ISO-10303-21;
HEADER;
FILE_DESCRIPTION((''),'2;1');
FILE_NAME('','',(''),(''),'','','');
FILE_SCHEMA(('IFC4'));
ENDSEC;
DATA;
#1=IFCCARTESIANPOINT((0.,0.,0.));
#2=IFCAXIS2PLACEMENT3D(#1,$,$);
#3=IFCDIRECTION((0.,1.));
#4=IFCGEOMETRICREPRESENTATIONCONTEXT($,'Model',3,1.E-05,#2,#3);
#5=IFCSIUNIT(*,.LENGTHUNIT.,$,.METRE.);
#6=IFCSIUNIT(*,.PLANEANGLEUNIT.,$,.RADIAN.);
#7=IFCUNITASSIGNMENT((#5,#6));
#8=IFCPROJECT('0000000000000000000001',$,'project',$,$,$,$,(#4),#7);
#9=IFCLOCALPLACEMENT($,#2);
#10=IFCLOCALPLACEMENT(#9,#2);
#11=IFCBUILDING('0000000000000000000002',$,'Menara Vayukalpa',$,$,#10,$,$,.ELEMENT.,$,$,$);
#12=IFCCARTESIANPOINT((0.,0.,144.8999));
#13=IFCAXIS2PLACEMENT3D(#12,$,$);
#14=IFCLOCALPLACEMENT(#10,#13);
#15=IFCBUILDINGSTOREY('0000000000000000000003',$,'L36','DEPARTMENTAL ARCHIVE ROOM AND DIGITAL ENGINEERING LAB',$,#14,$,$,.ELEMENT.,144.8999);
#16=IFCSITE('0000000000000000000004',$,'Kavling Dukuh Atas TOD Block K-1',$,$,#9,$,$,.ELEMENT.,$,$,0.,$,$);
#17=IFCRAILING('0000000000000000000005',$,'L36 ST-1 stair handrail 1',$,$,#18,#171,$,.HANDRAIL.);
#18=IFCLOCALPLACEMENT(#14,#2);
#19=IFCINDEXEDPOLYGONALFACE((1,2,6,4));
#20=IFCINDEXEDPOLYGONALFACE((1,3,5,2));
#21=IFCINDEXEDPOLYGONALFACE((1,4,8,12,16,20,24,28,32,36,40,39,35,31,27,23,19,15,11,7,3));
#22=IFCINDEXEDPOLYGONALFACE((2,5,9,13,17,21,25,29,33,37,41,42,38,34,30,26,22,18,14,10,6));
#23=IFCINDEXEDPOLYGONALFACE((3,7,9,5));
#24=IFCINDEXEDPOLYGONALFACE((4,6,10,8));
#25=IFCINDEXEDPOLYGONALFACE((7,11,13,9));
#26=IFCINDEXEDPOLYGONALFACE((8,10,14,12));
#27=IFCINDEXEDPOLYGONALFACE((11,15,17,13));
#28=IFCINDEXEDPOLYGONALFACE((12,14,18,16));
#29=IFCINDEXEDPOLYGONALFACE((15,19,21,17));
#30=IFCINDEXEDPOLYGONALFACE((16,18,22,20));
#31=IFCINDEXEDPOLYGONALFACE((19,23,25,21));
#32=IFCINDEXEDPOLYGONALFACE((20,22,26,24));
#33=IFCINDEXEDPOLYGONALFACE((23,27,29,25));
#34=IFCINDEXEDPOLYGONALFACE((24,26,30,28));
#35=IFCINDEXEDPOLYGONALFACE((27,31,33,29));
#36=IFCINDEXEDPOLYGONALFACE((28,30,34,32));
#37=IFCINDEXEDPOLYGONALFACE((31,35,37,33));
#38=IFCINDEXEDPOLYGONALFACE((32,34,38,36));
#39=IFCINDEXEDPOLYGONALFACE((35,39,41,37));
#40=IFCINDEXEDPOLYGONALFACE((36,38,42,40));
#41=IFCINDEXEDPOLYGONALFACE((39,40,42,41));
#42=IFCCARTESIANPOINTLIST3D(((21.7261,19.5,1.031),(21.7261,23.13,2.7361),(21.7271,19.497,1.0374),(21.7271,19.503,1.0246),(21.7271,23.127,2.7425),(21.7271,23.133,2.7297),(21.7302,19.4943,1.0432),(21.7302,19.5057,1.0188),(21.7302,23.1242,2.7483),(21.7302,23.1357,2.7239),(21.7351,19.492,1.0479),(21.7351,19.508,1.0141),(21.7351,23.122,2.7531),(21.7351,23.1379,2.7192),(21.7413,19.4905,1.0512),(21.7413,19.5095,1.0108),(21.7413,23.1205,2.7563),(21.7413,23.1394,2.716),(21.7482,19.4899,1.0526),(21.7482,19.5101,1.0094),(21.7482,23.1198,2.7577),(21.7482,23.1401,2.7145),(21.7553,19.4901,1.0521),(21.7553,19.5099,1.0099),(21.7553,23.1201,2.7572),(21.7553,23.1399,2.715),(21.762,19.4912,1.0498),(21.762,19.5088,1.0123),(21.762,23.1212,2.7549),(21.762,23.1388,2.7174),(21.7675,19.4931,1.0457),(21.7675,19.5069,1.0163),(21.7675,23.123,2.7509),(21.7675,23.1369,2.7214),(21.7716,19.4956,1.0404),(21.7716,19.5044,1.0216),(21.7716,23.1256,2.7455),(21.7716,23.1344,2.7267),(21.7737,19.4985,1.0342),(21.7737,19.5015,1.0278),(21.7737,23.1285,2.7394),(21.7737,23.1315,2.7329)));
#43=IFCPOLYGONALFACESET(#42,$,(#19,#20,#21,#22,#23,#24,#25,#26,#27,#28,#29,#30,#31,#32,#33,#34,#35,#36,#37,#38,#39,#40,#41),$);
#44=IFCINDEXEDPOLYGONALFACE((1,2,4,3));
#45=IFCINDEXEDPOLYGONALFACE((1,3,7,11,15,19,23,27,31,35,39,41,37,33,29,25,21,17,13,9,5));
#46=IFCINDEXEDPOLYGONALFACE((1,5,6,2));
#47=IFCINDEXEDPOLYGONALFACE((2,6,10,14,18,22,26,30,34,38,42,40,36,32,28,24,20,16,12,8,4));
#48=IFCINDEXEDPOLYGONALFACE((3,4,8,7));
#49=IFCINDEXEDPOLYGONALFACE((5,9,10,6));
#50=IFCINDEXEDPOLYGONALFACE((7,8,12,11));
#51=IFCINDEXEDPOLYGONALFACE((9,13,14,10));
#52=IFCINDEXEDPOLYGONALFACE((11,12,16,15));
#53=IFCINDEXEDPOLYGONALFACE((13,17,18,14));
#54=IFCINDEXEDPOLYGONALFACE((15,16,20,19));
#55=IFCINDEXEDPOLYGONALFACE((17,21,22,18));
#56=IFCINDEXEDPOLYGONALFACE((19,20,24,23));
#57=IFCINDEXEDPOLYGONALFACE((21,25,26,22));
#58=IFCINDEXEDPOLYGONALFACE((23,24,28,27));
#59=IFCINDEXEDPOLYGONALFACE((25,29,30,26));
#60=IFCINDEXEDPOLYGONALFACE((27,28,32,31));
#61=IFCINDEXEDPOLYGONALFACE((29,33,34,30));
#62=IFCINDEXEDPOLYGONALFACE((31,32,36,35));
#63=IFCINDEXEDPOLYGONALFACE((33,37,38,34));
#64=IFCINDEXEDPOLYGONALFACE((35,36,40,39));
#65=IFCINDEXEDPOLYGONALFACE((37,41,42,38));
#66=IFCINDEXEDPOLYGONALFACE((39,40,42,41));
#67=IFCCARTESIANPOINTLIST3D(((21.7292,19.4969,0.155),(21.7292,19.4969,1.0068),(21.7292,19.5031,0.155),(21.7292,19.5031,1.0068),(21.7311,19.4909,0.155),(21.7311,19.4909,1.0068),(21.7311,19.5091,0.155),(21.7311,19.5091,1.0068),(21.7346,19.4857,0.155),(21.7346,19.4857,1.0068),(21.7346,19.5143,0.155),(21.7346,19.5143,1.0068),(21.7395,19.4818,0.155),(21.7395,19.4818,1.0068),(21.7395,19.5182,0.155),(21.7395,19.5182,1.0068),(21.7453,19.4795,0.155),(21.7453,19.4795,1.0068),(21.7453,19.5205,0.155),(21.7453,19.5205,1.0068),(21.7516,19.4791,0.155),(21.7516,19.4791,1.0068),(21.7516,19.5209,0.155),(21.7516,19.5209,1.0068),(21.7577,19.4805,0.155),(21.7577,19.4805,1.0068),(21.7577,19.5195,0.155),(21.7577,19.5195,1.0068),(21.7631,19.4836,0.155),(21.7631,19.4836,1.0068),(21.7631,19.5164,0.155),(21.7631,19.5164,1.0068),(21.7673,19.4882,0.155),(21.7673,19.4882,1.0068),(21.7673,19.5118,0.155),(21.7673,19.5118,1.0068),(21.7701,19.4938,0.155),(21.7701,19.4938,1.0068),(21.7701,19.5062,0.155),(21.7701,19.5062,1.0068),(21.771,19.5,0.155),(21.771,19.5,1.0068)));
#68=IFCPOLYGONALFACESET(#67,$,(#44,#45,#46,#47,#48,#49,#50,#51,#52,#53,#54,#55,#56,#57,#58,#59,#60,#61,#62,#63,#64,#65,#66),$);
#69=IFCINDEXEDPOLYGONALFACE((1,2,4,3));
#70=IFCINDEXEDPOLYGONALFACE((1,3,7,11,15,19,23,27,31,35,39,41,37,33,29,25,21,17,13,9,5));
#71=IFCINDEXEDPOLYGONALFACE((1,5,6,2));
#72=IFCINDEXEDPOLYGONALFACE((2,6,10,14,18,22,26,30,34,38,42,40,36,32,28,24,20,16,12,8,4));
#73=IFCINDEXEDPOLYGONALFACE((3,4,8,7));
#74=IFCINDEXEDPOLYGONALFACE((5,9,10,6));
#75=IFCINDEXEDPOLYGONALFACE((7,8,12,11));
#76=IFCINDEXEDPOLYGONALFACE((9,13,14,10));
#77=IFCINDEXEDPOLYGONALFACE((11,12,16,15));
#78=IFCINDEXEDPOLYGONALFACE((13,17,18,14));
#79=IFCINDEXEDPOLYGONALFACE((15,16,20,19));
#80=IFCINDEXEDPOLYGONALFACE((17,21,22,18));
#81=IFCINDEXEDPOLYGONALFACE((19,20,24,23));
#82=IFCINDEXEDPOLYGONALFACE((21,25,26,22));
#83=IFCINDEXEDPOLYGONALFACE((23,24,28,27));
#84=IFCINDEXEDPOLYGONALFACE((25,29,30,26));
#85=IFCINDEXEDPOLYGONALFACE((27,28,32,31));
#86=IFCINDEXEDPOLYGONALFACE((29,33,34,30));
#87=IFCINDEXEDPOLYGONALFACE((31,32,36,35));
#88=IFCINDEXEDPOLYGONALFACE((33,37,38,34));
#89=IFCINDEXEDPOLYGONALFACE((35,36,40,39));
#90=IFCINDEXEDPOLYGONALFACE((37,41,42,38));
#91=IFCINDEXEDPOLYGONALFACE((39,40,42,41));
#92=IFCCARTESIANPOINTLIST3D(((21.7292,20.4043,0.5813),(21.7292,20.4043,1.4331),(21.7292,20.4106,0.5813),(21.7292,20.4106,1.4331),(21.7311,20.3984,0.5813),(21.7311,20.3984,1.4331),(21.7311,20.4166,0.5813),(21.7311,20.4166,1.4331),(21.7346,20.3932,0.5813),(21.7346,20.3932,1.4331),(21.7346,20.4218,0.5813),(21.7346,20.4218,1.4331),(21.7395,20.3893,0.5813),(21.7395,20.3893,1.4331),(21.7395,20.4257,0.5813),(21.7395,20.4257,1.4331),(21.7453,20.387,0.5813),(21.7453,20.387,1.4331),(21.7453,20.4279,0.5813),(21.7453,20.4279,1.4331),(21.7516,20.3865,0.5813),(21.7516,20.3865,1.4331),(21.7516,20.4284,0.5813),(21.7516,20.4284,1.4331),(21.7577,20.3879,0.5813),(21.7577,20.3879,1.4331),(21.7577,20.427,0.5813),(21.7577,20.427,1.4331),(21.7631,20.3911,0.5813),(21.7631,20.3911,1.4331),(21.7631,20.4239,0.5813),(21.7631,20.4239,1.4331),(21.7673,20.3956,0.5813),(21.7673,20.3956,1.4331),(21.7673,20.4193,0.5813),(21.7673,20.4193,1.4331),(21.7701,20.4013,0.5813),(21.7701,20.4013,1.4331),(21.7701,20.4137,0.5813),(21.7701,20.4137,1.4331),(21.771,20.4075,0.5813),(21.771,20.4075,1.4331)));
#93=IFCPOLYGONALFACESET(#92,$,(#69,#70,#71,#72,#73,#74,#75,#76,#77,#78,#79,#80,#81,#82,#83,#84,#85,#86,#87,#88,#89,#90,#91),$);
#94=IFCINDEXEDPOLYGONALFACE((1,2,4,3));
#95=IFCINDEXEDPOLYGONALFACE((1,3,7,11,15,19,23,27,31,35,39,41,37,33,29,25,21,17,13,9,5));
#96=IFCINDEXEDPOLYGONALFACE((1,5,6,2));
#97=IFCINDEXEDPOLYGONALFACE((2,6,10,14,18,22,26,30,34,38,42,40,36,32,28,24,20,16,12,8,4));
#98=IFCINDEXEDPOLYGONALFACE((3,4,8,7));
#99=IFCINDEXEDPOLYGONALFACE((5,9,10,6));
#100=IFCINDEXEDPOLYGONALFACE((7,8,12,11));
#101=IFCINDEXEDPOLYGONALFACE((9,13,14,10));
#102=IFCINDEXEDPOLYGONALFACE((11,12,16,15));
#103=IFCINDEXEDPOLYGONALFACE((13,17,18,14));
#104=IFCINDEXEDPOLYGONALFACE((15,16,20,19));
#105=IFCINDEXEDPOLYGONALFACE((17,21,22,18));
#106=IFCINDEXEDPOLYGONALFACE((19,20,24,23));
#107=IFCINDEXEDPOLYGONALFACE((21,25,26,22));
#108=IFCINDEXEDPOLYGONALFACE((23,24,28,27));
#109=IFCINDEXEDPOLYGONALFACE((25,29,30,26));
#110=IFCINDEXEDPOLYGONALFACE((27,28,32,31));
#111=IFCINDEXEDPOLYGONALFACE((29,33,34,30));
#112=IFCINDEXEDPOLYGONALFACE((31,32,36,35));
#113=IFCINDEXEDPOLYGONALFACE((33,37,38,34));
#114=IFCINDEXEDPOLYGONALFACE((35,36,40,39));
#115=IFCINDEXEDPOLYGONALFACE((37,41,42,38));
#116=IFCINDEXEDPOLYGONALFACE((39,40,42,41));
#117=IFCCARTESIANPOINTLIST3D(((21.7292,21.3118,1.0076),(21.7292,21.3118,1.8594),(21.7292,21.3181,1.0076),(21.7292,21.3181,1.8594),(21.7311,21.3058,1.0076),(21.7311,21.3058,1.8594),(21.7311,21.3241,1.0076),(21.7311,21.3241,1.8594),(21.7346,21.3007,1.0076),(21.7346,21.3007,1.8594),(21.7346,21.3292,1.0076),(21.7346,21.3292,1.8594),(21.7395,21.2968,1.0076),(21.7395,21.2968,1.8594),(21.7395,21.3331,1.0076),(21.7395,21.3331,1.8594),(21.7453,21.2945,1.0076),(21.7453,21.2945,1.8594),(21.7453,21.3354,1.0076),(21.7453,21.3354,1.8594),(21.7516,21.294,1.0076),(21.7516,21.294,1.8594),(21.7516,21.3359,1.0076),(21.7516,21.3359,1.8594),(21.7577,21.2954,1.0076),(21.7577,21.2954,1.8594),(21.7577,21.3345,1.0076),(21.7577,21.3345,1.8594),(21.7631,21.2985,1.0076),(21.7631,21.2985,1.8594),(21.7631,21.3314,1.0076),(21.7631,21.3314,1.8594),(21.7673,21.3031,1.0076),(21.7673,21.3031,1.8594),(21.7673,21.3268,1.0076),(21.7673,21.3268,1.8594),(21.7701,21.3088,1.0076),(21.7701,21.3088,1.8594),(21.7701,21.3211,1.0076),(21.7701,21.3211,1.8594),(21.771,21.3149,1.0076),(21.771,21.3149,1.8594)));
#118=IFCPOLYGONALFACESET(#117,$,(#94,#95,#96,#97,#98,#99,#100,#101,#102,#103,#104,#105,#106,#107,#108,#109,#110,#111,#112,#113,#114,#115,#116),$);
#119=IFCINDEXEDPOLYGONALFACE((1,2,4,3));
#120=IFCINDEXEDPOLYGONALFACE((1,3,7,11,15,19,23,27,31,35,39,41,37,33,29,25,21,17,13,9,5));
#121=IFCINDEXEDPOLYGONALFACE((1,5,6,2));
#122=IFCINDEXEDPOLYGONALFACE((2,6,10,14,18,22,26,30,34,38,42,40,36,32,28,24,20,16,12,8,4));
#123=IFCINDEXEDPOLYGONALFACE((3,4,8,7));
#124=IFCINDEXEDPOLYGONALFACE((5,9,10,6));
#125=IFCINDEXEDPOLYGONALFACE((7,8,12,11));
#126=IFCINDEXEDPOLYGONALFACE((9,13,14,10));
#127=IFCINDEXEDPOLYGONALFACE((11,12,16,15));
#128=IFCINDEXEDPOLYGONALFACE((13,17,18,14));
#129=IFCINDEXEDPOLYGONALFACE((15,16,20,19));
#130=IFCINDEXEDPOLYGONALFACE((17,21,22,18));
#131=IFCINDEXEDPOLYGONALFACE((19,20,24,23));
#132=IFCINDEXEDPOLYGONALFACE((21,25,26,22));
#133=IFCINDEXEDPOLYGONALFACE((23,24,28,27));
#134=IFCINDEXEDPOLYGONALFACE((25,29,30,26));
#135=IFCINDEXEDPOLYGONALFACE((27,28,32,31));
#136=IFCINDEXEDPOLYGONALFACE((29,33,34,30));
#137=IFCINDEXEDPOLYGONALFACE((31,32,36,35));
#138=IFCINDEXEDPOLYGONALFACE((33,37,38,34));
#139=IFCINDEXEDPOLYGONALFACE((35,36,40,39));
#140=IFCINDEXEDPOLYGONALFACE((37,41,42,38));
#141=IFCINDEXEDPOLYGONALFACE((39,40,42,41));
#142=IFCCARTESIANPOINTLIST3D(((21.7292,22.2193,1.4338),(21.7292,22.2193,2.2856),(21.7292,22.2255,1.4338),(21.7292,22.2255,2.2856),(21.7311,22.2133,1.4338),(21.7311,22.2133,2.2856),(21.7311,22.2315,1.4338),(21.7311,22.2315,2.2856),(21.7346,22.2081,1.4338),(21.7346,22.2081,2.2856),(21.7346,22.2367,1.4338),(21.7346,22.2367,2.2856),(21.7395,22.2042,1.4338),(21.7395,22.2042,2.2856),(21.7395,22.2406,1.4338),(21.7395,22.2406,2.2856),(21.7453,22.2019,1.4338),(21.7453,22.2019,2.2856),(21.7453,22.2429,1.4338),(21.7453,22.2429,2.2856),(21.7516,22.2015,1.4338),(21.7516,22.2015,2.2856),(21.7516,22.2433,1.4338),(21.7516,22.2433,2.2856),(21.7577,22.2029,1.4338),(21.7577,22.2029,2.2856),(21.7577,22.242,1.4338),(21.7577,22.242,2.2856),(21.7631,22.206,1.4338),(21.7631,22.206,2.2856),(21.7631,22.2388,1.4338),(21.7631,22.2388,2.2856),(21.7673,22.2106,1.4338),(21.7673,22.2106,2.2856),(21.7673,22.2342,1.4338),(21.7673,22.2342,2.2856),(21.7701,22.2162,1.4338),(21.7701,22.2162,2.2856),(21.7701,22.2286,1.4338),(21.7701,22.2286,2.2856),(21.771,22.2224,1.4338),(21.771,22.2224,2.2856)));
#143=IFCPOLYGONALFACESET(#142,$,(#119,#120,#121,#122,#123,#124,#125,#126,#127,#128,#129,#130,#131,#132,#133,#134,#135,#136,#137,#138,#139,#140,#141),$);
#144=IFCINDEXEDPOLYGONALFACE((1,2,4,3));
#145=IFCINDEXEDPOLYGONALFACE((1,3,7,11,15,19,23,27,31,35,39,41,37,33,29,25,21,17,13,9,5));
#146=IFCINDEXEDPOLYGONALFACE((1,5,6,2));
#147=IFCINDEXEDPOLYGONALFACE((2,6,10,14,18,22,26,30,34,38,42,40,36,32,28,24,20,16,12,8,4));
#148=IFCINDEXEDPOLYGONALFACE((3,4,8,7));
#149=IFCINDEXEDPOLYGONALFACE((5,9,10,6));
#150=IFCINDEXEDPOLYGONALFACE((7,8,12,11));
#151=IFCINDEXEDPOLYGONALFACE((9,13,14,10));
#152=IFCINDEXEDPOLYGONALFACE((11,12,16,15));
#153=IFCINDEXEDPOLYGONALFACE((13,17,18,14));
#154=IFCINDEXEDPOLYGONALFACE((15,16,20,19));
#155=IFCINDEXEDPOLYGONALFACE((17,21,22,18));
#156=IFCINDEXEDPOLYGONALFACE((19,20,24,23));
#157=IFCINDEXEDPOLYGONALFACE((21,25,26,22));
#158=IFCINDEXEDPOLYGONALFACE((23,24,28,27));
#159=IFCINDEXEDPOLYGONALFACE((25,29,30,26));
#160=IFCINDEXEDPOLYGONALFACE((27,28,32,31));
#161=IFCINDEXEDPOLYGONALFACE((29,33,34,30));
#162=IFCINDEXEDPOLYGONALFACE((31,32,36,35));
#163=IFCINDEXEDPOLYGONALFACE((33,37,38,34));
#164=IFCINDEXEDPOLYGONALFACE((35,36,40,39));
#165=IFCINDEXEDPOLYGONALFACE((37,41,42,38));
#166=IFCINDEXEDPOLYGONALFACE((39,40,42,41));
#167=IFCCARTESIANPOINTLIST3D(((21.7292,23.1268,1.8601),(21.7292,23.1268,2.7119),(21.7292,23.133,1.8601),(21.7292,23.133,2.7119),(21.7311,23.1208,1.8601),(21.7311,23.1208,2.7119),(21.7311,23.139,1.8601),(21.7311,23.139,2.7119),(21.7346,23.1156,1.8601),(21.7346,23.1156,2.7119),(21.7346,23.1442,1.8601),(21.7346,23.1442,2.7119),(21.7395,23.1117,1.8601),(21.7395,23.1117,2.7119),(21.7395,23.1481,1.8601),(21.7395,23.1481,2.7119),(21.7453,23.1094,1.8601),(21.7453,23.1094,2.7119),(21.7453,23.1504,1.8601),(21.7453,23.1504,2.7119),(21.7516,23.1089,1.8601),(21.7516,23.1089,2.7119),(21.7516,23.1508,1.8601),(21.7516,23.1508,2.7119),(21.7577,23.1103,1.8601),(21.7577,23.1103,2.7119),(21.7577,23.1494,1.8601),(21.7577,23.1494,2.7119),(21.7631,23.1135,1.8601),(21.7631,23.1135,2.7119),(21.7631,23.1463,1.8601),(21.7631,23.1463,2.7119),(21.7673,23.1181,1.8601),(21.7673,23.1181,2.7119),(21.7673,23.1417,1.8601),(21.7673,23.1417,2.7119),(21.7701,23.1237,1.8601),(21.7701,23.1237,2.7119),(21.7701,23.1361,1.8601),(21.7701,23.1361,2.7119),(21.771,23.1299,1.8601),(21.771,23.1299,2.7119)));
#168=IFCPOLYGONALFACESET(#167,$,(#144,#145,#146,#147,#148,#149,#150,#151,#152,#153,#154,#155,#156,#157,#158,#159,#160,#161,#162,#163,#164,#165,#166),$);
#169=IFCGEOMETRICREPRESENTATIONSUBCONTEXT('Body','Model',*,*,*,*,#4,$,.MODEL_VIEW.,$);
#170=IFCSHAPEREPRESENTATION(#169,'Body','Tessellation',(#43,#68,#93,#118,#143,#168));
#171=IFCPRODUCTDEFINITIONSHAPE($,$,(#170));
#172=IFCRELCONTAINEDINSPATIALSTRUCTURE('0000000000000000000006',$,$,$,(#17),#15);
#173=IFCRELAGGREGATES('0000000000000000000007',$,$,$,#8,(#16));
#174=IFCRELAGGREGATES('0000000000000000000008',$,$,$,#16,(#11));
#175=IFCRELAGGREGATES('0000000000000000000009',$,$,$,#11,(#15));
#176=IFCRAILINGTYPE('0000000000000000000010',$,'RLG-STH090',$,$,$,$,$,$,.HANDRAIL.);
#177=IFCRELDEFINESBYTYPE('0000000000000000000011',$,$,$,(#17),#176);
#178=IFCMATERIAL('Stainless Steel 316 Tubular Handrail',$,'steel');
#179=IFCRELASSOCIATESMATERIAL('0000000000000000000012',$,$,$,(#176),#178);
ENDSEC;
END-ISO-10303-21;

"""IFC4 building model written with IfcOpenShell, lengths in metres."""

from ifc_helpers import new_model, si_unit, direction, frame, origin, origin_2d, place, context, subcontext, project, spatial, circle, extrude, material, type_object, element, save


model = new_model("IFC4")

# Units and contexts
model_context = context("Model", 3, precision=1e-05, world=origin(), true_north=direction((0.0, 1.0)))
body_context = subcontext(model_context, "Body", "Model", "MODEL_VIEW")
ifc_project = project(units=[si_unit("LENGTHUNIT", "METRE"), si_unit("PLANEANGLEUNIT", "RADIAN")], contexts=[model_context])

# Site, building, storey
site_placement = place(None, origin())
site = spatial("IfcSite", under=ifc_project, at=site_placement, Name="Kavling Dukuh Atas TOD Block K-1", CompositionType="ELEMENT", RefElevation=0.0)
building_placement = place(site_placement, origin())
building = spatial("IfcBuilding", under=site, at=building_placement, Name="Menara Vayukalpa", CompositionType="ELEMENT")
storey_placement = place(building_placement, frame((0.0, 0.0, 144.8999)))
storey = spatial("IfcBuildingStorey", under=building, at=storey_placement, Name="L36", Description="DEPARTMENTAL ARCHIVE ROOM AND DIGITAL ENGINEERING LAB", CompositionType="ELEMENT", Elevation=144.8999)

# Railing
ifc_material_1 = material(Name="Stainless Steel 316 Tubular Handrail", Category="steel")
railing_type_1 = type_object("IfcRailingType", Name="RLG-STH090", PredefinedType="HANDRAIL", material=ifc_material_1)
railing_1_placement = place(storey_placement, frame((21.75, 19.5, 0.155)))
element("IfcRailing", 1, at=railing_1_placement, inside=storey, type_object=railing_type_1, Name="L36 ST-1 stair handrail 1", PredefinedType="HANDRAIL", context=body_context, shape_type="SweptSolid", body=[
    extrude(circle(Radius=0.0239, at=origin_2d()), frame((0.0, 0.0, 0.876), z_axis=(0.0, 0.905116, 0.425164), x_axis=(-1.0, 0.0, 0.0)), (0.0, 0.0, 1.0), 4.0105),
    extrude(circle(Radius=0.021, at=origin_2d()), origin(), (0.0, 0.0, 1.0), 0.8518),
    extrude(circle(Radius=0.021, at=origin_2d()), frame((0.0, 0.9075, 0.4263)), (0.0, 0.0, 1.0), 0.8518),
    extrude(circle(Radius=0.021, at=origin_2d()), frame((0.0, 1.8149, 0.8525)), (0.0, 0.0, 1.0), 0.8518),
    extrude(circle(Radius=0.021, at=origin_2d()), frame((0.0, 2.7224, 1.2788)), (0.0, 0.0, 1.0), 0.8518),
    extrude(circle(Radius=0.021, at=origin_2d()), frame((0.0, 3.6299, 1.7051)), (0.0, 0.0, 1.0), 0.8518),
])

save(model, "model.ifc")
